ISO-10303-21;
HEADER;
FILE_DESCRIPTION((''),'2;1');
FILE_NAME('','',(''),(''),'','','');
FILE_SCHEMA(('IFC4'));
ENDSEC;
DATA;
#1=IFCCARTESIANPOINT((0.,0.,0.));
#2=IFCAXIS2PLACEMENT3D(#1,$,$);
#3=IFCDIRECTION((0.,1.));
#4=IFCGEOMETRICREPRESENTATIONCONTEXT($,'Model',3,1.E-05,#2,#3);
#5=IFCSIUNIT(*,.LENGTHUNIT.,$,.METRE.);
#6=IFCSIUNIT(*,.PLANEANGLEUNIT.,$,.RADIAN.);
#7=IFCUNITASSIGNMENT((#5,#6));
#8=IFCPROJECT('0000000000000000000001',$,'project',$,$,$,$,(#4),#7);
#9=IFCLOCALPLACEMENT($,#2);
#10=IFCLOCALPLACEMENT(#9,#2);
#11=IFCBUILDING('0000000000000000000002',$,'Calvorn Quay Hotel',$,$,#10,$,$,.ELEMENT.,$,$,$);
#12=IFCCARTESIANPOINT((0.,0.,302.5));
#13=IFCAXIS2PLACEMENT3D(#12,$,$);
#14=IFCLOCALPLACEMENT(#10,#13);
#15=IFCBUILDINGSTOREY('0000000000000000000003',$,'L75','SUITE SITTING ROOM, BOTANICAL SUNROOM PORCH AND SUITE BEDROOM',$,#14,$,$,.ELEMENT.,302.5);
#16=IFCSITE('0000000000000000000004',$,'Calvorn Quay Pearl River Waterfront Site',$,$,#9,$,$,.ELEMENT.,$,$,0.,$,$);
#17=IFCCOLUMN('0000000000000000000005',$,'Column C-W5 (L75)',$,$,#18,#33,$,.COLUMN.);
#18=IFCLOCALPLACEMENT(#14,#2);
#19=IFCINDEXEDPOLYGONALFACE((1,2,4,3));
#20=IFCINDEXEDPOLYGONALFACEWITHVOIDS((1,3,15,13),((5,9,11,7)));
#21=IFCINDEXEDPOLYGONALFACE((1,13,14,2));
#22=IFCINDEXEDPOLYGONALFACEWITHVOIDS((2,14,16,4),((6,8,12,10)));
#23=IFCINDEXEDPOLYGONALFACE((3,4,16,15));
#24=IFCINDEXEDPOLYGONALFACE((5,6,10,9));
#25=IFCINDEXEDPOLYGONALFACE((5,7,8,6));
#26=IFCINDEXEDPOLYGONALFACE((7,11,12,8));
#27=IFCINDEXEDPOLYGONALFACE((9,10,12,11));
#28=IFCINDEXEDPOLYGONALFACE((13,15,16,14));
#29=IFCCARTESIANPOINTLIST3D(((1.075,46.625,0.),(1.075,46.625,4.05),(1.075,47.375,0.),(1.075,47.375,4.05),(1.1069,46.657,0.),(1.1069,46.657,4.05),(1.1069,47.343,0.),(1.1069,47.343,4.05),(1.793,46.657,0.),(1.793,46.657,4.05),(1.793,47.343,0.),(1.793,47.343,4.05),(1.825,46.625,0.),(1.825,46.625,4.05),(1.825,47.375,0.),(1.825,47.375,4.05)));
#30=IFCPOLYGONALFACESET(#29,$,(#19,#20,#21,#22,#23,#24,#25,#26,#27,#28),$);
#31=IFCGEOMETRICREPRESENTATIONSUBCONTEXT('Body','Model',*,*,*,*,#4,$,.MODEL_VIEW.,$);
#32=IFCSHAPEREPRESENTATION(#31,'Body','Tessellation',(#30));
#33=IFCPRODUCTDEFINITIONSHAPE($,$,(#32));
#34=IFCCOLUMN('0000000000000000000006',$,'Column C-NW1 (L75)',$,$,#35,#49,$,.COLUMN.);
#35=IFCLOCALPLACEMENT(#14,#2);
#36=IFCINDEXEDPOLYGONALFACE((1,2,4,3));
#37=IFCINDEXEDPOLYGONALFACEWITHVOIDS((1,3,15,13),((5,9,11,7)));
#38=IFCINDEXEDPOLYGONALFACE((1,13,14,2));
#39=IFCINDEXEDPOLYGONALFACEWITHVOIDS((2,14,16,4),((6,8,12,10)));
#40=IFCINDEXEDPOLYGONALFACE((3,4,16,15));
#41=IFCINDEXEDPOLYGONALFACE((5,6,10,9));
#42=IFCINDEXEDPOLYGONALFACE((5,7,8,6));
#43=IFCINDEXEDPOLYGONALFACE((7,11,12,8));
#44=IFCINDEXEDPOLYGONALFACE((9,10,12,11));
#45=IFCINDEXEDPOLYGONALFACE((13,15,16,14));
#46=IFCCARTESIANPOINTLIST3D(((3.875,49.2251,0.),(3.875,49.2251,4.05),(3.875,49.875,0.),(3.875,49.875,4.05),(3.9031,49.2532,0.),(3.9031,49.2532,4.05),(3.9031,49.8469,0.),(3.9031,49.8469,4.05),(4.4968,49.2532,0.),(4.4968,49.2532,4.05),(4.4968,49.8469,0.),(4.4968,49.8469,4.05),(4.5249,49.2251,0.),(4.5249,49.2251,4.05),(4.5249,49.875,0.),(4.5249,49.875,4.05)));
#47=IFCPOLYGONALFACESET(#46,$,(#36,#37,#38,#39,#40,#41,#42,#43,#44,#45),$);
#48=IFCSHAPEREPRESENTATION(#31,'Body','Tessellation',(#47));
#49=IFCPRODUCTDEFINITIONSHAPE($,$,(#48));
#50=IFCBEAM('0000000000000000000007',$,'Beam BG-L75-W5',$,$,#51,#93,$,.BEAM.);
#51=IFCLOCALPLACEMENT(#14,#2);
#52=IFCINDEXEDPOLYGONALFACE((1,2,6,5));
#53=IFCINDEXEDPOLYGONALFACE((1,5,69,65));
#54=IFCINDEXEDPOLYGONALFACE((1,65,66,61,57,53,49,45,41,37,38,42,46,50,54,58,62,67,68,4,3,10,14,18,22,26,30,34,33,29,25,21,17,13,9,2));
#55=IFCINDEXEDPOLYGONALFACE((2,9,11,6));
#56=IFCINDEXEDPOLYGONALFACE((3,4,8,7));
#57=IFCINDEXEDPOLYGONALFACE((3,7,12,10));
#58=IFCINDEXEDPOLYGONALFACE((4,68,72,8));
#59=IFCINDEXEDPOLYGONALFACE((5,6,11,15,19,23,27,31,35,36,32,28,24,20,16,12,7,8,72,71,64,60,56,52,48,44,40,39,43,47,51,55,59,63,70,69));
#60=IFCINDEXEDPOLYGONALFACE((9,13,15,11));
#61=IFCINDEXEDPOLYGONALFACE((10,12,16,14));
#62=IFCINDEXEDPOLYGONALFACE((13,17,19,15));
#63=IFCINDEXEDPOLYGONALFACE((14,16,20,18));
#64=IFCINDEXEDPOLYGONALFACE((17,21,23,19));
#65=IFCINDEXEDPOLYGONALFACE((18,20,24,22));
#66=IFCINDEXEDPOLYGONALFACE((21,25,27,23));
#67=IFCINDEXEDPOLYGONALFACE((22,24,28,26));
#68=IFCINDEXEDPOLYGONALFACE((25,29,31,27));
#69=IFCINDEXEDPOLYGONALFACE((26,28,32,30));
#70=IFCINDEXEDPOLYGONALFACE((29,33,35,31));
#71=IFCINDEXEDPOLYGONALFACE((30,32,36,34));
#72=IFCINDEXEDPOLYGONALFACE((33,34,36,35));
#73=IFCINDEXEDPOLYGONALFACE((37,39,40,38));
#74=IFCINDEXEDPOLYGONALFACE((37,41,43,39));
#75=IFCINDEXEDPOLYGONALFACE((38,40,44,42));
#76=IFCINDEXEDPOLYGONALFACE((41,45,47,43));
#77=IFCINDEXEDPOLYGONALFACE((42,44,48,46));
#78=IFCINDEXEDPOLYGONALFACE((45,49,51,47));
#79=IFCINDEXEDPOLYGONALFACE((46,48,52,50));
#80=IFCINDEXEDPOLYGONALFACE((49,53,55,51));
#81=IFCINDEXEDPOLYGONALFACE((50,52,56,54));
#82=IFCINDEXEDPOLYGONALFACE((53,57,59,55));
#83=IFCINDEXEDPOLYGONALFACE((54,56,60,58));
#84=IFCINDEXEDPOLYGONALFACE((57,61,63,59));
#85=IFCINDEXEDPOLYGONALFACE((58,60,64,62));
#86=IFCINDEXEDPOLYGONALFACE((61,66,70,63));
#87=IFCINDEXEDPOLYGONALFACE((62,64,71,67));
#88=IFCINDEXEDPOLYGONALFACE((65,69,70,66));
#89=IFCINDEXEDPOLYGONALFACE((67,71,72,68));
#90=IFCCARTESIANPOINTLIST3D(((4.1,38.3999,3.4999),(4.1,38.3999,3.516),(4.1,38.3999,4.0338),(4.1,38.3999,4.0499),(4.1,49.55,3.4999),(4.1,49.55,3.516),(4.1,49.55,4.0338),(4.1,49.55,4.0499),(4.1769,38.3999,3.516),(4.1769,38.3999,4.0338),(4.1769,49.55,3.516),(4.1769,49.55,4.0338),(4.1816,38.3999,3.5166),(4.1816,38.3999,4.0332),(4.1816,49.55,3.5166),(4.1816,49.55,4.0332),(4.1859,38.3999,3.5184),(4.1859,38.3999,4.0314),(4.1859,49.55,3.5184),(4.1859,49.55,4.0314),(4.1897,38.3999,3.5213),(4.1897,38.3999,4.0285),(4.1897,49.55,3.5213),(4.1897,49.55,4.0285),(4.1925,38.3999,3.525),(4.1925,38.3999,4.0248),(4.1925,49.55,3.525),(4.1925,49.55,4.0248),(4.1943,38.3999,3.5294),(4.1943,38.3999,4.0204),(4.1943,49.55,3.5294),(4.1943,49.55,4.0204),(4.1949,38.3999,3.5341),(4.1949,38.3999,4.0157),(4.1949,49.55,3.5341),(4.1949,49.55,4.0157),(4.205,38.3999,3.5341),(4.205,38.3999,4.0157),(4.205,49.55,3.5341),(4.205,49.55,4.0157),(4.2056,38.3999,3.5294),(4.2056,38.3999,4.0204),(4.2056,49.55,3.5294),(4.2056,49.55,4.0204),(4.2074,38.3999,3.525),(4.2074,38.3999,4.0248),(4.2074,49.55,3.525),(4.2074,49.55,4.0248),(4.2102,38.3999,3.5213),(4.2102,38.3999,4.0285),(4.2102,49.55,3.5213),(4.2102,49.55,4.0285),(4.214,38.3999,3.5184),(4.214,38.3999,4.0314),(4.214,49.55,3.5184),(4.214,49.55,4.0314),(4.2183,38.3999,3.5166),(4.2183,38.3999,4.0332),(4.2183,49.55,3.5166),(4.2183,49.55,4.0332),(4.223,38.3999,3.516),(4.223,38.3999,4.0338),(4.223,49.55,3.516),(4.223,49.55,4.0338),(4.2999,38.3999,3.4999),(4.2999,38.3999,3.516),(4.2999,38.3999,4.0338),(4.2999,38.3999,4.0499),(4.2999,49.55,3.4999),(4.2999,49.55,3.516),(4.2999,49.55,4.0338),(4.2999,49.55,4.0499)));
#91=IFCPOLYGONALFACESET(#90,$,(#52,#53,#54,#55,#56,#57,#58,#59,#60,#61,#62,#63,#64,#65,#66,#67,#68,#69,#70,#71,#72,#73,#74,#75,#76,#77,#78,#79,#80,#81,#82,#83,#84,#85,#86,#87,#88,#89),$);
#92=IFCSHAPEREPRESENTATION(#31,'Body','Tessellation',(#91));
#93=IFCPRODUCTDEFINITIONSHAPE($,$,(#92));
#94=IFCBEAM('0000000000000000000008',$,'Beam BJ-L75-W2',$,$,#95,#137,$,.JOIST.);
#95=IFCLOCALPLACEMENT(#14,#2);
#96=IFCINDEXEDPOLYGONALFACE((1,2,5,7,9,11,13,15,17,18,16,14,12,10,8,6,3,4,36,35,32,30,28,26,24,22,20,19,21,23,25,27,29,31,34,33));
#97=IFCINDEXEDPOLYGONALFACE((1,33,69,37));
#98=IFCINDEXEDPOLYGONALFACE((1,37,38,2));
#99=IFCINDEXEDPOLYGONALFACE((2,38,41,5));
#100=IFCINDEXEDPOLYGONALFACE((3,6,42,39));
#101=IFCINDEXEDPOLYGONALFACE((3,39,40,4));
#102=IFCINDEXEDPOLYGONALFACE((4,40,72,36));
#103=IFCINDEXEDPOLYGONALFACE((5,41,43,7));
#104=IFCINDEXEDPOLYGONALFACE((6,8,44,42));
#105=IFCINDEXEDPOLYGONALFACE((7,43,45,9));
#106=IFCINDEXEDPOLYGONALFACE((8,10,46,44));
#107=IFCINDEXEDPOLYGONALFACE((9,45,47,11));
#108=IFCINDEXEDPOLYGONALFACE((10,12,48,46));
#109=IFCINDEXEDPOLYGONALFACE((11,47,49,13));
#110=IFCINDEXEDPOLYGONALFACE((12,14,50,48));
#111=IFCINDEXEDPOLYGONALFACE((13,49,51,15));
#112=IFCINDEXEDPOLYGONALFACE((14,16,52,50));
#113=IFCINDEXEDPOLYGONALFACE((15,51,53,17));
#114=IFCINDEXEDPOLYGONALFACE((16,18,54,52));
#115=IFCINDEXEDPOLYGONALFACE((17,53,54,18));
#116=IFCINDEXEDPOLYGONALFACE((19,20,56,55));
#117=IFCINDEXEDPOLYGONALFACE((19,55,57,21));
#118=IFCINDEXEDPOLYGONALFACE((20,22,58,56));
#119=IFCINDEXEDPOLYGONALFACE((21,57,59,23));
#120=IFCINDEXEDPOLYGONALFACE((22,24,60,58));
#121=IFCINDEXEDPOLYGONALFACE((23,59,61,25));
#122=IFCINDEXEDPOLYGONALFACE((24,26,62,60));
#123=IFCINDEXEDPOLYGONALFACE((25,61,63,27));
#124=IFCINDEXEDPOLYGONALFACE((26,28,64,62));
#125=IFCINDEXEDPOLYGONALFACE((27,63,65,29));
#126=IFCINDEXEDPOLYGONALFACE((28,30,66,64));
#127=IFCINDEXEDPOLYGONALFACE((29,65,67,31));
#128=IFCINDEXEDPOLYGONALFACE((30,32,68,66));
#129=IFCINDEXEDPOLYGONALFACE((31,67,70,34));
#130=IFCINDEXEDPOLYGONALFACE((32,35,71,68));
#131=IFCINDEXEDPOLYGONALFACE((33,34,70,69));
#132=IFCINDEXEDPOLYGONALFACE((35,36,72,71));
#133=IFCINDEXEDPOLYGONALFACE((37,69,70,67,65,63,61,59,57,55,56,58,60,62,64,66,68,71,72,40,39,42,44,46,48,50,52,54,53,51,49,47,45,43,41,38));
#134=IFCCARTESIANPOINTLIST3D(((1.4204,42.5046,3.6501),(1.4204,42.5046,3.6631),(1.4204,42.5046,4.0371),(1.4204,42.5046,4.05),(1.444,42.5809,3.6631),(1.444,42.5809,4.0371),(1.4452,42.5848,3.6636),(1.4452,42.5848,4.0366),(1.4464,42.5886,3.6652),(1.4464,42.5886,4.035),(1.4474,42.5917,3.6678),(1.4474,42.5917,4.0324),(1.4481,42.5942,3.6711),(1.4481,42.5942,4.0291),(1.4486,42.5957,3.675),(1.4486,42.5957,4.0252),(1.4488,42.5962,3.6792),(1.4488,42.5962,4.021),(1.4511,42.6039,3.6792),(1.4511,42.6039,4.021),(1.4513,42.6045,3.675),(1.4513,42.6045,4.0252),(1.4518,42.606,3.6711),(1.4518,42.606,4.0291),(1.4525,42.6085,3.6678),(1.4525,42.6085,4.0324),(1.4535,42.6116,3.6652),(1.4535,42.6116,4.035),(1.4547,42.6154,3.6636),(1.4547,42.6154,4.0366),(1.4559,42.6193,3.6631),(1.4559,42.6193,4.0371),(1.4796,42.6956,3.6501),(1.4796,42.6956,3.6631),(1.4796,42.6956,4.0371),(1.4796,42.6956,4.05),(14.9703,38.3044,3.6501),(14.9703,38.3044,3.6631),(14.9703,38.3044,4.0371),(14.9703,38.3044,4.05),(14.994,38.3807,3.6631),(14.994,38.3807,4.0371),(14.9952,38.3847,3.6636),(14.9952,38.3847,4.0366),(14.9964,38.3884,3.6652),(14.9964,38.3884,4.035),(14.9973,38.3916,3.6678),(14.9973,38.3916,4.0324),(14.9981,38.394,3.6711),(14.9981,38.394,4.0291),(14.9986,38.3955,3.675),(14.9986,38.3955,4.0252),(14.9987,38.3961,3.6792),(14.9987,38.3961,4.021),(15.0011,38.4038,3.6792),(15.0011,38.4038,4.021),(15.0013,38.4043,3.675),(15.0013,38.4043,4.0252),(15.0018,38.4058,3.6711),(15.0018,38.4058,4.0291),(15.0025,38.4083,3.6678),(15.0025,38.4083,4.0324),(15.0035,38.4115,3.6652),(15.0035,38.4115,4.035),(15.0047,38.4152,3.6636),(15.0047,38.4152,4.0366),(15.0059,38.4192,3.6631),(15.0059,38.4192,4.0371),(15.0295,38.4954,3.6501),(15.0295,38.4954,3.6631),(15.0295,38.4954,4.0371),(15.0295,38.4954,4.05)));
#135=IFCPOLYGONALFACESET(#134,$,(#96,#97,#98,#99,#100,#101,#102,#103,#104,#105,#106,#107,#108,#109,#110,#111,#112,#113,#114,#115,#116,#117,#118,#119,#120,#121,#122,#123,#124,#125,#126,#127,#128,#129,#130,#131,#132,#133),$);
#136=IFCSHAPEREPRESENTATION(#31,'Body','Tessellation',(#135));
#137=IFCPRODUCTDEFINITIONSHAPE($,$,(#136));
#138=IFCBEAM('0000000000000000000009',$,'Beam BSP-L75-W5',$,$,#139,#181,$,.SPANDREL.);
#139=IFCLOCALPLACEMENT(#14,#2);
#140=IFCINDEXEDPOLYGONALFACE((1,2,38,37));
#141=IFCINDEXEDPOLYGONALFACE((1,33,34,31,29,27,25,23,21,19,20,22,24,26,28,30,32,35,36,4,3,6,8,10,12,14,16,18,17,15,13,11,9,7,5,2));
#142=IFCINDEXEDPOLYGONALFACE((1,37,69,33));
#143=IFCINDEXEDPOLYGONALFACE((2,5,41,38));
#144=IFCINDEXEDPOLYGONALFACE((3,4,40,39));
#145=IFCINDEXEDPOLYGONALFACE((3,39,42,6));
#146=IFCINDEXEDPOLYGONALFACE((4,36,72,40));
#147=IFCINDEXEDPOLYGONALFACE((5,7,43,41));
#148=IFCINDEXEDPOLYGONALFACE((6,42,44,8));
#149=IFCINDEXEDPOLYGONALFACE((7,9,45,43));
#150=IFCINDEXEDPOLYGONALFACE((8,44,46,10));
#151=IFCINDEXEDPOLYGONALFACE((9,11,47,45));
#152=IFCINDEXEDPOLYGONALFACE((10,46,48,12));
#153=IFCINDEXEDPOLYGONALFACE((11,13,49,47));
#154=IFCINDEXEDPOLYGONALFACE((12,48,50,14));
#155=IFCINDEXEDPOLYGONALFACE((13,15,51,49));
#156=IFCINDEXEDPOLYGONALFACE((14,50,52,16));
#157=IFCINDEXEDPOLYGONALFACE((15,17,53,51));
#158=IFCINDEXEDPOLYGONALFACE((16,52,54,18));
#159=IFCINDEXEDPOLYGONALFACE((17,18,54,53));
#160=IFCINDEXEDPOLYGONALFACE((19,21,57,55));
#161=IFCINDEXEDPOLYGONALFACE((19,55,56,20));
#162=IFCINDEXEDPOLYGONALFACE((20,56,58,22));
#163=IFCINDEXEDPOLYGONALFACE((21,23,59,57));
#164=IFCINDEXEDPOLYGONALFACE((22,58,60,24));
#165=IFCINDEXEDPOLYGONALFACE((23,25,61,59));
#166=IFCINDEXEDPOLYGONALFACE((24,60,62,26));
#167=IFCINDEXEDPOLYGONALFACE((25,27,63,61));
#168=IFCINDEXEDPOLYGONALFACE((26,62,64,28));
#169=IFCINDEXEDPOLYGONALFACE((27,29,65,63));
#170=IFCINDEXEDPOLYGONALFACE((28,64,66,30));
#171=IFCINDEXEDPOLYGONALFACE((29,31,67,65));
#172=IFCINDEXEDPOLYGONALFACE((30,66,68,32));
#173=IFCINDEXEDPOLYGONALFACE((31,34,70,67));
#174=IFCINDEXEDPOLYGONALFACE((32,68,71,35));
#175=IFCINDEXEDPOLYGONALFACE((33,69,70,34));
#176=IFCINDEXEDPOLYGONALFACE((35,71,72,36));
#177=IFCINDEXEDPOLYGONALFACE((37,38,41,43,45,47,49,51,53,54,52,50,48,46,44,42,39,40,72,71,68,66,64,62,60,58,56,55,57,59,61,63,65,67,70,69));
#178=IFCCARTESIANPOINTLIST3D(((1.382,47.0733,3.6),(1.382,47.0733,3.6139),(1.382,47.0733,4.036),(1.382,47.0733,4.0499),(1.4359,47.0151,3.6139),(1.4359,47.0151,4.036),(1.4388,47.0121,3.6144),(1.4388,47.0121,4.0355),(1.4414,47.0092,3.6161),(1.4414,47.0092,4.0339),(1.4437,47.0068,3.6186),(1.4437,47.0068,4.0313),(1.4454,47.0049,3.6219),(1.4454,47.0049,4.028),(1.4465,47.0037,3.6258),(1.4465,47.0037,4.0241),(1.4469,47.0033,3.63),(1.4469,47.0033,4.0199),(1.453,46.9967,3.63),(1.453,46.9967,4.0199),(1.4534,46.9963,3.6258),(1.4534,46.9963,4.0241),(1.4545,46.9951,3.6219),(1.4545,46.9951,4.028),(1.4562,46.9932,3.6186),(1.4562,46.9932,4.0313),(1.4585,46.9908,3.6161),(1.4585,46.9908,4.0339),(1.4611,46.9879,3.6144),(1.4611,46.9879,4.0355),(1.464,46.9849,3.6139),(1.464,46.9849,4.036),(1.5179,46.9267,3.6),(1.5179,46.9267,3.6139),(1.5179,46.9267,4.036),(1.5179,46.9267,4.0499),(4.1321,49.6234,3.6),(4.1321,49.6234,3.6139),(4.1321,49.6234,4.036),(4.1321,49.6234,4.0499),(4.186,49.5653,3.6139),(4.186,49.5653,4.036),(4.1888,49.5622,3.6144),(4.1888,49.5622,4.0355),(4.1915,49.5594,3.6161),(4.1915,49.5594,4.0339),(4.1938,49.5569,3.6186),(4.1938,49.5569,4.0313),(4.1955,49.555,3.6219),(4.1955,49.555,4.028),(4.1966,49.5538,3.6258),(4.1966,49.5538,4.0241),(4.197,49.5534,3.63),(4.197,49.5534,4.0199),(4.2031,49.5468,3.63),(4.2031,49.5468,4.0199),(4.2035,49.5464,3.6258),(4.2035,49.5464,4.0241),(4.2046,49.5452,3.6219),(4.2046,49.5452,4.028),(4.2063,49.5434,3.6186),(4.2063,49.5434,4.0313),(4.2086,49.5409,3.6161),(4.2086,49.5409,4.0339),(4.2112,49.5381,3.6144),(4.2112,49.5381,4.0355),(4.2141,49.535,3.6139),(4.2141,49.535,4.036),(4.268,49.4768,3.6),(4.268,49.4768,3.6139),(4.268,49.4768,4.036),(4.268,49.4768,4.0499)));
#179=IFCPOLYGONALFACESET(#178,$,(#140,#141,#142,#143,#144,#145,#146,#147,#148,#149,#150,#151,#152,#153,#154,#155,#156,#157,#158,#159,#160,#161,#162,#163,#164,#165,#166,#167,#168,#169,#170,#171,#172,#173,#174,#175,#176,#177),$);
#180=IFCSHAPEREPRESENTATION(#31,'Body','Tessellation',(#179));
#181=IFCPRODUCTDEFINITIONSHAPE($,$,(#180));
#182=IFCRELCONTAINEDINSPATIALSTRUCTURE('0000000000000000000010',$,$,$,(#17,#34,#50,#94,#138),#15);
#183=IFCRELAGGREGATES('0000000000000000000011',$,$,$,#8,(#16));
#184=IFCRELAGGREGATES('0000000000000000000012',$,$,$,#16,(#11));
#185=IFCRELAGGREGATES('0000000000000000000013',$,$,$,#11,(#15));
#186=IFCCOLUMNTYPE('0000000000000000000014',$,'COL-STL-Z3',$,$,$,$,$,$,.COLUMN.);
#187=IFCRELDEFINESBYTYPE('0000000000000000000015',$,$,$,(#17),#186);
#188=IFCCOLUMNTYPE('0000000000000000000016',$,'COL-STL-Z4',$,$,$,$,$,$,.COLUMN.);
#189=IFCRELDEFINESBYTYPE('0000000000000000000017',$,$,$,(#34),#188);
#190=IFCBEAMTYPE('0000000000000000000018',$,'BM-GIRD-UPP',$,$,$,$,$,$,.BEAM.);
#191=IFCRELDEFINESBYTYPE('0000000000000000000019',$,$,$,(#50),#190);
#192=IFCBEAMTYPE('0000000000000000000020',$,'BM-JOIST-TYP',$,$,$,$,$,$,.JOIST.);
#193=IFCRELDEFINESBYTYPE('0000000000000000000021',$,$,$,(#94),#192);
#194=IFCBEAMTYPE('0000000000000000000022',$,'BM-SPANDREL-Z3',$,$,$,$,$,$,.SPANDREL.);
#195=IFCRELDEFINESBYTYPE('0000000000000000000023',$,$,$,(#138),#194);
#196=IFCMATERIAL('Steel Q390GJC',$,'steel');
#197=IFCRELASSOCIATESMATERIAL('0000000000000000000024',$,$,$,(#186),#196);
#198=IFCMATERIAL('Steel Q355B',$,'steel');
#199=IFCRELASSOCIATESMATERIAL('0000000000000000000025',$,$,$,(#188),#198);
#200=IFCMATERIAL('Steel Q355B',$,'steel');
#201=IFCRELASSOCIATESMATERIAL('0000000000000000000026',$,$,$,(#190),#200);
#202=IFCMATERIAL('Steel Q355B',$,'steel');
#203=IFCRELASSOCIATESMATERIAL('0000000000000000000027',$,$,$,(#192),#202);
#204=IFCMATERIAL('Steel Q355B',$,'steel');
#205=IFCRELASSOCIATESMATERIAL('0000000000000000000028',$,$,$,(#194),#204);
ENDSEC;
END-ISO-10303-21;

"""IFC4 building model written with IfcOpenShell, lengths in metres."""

from ifc_helpers import new_model, si_unit, direction, frame, origin, origin_2d, place, context, subcontext, project, spatial, hollow_rectangle, i_section, extrude, material, material_profile, profile_set, type_object, element, save


model = new_model("IFC4")

# Units and contexts
model_context = context("Model", 3, precision=1e-05, world=origin(), true_north=direction((0.0, 1.0)))
body_context = subcontext(model_context, "Body", "Model", "MODEL_VIEW")
ifc_project = project(units=[si_unit("LENGTHUNIT", "METRE"), si_unit("PLANEANGLEUNIT", "RADIAN")], contexts=[model_context])

# Site, building, storey
site_placement = place(None, origin())
site = spatial("IfcSite", under=ifc_project, at=site_placement, Name="Calvorn Quay Pearl River Waterfront Site", CompositionType="ELEMENT", RefElevation=0.0)
building_placement = place(site_placement, origin())
building = spatial("IfcBuilding", under=site, at=building_placement, Name="Calvorn Quay Hotel", CompositionType="ELEMENT")
storey_placement = place(building_placement, frame((0.0, 0.0, 302.5)))
storey = spatial("IfcBuildingStorey", under=building, at=storey_placement, Name="L75", Description="SUITE SITTING ROOM, BOTANICAL SUNROOM PORCH AND SUITE BEDROOM", CompositionType="ELEMENT", Elevation=302.5)

# Columns
ifc_material_1 = material(Name="Steel Q390GJC", Category="steel")
ifc_material_profile_1 = material_profile(ifc_material_1, hollow_rectangle(XDim=0.75, YDim=0.75, WallThickness=0.032, at=origin_2d()), Name="BOX750x750x32")
ifc_profile_set_1 = profile_set([ifc_material_profile_1], Name="Steel Q390GJC")
column_type_1 = type_object("IfcColumnType", Name="COL-STL-Z3", PredefinedType="COLUMN", material=ifc_profile_set_1)
column_1_placement = place(storey_placement, frame((1.45, 47.0, 0.0), z_axis=(0.0, 0.0, 1.0), x_axis=(1.0, 0.0, 0.0)))
element("IfcColumn", 1, at=column_1_placement, inside=storey, type_object=column_type_1, Name="Column C-W5 (L75)", PredefinedType="COLUMN", context=body_context, shape_type="SweptSolid", body=[
    extrude(hollow_rectangle(XDim=0.75, YDim=0.75, WallThickness=0.032, at=origin_2d()), origin(), (0.0, 0.0, 1.0), 4.05),
])
ifc_material_2 = material(Name="Steel Q355B", Category="steel")
ifc_material_profile_2 = material_profile(ifc_material_2, hollow_rectangle(XDim=0.6499, YDim=0.6499, WallThickness=0.0281, at=origin_2d()), Name="BOX650x650x28")
ifc_profile_set_2 = profile_set([ifc_material_profile_2], Name="Steel Q355B")
column_type_2 = type_object("IfcColumnType", Name="COL-STL-Z4", PredefinedType="COLUMN", material=ifc_profile_set_2)
column_2_placement = place(storey_placement, frame((4.2, 49.55, 0.0), z_axis=(0.0, 0.0, 1.0), x_axis=(1.0, 0.0, 0.0)))
element("IfcColumn", 2, at=column_2_placement, inside=storey, type_object=column_type_2, Name="Column C-NW1 (L75)", PredefinedType="COLUMN", context=body_context, shape_type="SweptSolid", body=[
    extrude(hollow_rectangle(XDim=0.6499, YDim=0.6499, WallThickness=0.0281, at=origin_2d()), origin(), (0.0, 0.0, 1.0), 4.05),
])

# Beams
ifc_material_3 = material(Name="Steel Q355B", Category="steel")
ifc_material_profile_3 = material_profile(ifc_material_3, i_section(OverallWidth=0.2, OverallDepth=0.55, WebThickness=0.01, FlangeThickness=0.0161, FilletRadius=0.0181, at=origin_2d()), Name="HN550x200x10x16")
ifc_profile_set_3 = profile_set([ifc_material_profile_3], Name="Steel Q355B")
beam_type_1 = type_object("IfcBeamType", Name="BM-GIRD-UPP", PredefinedType="BEAM", material=ifc_profile_set_3)
beam_1_placement = place(storey_placement, frame((4.2, 49.55, 3.7749), z_axis=(0.0, -1.0, 0.0), x_axis=(1.0, 0.0, 0.0)))
element("IfcBeam", 3, at=beam_1_placement, inside=storey, type_object=beam_type_1, Name="Beam BG-L75-W5", PredefinedType="BEAM", context=body_context, shape_type="SweptSolid", body=[
    extrude(i_section(OverallWidth=0.2, OverallDepth=0.55, WebThickness=0.01, FlangeThickness=0.0161, FilletRadius=0.0181, at=origin_2d()), origin(), (0.0, 0.0, 1.0), 11.1501),
])
ifc_material_4 = material(Name="Steel Q355B", Category="steel")
ifc_material_profile_4 = material_profile(ifc_material_4, i_section(OverallWidth=0.2, OverallDepth=0.3999, WebThickness=0.0081, FlangeThickness=0.0129, FilletRadius=0.0161, at=origin_2d()), Name="HN400x200x8x13")
ifc_profile_set_4 = profile_set([ifc_material_profile_4], Name="Steel Q355B")
beam_type_2 = type_object("IfcBeamType", Name="BM-JOIST-TYP", PredefinedType="JOIST", material=ifc_profile_set_4)
beam_2_placement = place(storey_placement, frame((1.45, 42.6001, 3.8501), z_axis=(0.955164, -0.296078, 0.0), x_axis=(0.296078, 0.955164, 0.0)))
element("IfcBeam", 4, at=beam_2_placement, inside=storey, type_object=beam_type_2, Name="Beam BJ-L75-W2", PredefinedType="JOIST", context=body_context, shape_type="SweptSolid", body=[
    extrude(i_section(OverallWidth=0.2, OverallDepth=0.3999, WebThickness=0.0081, FlangeThickness=0.0129, FilletRadius=0.0161, at=origin_2d()), origin(), (0.0, 0.0, 1.0), 14.186),
])
ifc_material_5 = material(Name="Steel Q355B", Category="steel")
ifc_material_profile_5 = material_profile(ifc_material_5, i_section(OverallWidth=0.2, OverallDepth=0.45, WebThickness=0.009, FlangeThickness=0.0139, FilletRadius=0.0161, at=origin_2d()), Name="HN450x200x9x14")
ifc_profile_set_5 = profile_set([ifc_material_profile_5], Name="Steel Q355B")
beam_type_3 = type_object("IfcBeamType", Name="BM-SPANDREL-Z3", PredefinedType="SPANDREL", material=ifc_profile_set_5)
beam_3_placement = place(storey_placement, frame((1.45, 47.0, 3.825), z_axis=(0.733262, 0.679947, 0.0), x_axis=(-0.679947, 0.733262, 0.0)))
element("IfcBeam", 5, at=beam_3_placement, inside=storey, type_object=beam_type_3, Name="Beam BSP-L75-W5", PredefinedType="SPANDREL", context=body_context, shape_type="SweptSolid", body=[
    extrude(i_section(OverallWidth=0.2, OverallDepth=0.45, WebThickness=0.009, FlangeThickness=0.0139, FilletRadius=0.0161, at=origin_2d()), origin(), (0.0, 0.0, 1.0), 3.7505),
])

save(model, "model.ifc")
